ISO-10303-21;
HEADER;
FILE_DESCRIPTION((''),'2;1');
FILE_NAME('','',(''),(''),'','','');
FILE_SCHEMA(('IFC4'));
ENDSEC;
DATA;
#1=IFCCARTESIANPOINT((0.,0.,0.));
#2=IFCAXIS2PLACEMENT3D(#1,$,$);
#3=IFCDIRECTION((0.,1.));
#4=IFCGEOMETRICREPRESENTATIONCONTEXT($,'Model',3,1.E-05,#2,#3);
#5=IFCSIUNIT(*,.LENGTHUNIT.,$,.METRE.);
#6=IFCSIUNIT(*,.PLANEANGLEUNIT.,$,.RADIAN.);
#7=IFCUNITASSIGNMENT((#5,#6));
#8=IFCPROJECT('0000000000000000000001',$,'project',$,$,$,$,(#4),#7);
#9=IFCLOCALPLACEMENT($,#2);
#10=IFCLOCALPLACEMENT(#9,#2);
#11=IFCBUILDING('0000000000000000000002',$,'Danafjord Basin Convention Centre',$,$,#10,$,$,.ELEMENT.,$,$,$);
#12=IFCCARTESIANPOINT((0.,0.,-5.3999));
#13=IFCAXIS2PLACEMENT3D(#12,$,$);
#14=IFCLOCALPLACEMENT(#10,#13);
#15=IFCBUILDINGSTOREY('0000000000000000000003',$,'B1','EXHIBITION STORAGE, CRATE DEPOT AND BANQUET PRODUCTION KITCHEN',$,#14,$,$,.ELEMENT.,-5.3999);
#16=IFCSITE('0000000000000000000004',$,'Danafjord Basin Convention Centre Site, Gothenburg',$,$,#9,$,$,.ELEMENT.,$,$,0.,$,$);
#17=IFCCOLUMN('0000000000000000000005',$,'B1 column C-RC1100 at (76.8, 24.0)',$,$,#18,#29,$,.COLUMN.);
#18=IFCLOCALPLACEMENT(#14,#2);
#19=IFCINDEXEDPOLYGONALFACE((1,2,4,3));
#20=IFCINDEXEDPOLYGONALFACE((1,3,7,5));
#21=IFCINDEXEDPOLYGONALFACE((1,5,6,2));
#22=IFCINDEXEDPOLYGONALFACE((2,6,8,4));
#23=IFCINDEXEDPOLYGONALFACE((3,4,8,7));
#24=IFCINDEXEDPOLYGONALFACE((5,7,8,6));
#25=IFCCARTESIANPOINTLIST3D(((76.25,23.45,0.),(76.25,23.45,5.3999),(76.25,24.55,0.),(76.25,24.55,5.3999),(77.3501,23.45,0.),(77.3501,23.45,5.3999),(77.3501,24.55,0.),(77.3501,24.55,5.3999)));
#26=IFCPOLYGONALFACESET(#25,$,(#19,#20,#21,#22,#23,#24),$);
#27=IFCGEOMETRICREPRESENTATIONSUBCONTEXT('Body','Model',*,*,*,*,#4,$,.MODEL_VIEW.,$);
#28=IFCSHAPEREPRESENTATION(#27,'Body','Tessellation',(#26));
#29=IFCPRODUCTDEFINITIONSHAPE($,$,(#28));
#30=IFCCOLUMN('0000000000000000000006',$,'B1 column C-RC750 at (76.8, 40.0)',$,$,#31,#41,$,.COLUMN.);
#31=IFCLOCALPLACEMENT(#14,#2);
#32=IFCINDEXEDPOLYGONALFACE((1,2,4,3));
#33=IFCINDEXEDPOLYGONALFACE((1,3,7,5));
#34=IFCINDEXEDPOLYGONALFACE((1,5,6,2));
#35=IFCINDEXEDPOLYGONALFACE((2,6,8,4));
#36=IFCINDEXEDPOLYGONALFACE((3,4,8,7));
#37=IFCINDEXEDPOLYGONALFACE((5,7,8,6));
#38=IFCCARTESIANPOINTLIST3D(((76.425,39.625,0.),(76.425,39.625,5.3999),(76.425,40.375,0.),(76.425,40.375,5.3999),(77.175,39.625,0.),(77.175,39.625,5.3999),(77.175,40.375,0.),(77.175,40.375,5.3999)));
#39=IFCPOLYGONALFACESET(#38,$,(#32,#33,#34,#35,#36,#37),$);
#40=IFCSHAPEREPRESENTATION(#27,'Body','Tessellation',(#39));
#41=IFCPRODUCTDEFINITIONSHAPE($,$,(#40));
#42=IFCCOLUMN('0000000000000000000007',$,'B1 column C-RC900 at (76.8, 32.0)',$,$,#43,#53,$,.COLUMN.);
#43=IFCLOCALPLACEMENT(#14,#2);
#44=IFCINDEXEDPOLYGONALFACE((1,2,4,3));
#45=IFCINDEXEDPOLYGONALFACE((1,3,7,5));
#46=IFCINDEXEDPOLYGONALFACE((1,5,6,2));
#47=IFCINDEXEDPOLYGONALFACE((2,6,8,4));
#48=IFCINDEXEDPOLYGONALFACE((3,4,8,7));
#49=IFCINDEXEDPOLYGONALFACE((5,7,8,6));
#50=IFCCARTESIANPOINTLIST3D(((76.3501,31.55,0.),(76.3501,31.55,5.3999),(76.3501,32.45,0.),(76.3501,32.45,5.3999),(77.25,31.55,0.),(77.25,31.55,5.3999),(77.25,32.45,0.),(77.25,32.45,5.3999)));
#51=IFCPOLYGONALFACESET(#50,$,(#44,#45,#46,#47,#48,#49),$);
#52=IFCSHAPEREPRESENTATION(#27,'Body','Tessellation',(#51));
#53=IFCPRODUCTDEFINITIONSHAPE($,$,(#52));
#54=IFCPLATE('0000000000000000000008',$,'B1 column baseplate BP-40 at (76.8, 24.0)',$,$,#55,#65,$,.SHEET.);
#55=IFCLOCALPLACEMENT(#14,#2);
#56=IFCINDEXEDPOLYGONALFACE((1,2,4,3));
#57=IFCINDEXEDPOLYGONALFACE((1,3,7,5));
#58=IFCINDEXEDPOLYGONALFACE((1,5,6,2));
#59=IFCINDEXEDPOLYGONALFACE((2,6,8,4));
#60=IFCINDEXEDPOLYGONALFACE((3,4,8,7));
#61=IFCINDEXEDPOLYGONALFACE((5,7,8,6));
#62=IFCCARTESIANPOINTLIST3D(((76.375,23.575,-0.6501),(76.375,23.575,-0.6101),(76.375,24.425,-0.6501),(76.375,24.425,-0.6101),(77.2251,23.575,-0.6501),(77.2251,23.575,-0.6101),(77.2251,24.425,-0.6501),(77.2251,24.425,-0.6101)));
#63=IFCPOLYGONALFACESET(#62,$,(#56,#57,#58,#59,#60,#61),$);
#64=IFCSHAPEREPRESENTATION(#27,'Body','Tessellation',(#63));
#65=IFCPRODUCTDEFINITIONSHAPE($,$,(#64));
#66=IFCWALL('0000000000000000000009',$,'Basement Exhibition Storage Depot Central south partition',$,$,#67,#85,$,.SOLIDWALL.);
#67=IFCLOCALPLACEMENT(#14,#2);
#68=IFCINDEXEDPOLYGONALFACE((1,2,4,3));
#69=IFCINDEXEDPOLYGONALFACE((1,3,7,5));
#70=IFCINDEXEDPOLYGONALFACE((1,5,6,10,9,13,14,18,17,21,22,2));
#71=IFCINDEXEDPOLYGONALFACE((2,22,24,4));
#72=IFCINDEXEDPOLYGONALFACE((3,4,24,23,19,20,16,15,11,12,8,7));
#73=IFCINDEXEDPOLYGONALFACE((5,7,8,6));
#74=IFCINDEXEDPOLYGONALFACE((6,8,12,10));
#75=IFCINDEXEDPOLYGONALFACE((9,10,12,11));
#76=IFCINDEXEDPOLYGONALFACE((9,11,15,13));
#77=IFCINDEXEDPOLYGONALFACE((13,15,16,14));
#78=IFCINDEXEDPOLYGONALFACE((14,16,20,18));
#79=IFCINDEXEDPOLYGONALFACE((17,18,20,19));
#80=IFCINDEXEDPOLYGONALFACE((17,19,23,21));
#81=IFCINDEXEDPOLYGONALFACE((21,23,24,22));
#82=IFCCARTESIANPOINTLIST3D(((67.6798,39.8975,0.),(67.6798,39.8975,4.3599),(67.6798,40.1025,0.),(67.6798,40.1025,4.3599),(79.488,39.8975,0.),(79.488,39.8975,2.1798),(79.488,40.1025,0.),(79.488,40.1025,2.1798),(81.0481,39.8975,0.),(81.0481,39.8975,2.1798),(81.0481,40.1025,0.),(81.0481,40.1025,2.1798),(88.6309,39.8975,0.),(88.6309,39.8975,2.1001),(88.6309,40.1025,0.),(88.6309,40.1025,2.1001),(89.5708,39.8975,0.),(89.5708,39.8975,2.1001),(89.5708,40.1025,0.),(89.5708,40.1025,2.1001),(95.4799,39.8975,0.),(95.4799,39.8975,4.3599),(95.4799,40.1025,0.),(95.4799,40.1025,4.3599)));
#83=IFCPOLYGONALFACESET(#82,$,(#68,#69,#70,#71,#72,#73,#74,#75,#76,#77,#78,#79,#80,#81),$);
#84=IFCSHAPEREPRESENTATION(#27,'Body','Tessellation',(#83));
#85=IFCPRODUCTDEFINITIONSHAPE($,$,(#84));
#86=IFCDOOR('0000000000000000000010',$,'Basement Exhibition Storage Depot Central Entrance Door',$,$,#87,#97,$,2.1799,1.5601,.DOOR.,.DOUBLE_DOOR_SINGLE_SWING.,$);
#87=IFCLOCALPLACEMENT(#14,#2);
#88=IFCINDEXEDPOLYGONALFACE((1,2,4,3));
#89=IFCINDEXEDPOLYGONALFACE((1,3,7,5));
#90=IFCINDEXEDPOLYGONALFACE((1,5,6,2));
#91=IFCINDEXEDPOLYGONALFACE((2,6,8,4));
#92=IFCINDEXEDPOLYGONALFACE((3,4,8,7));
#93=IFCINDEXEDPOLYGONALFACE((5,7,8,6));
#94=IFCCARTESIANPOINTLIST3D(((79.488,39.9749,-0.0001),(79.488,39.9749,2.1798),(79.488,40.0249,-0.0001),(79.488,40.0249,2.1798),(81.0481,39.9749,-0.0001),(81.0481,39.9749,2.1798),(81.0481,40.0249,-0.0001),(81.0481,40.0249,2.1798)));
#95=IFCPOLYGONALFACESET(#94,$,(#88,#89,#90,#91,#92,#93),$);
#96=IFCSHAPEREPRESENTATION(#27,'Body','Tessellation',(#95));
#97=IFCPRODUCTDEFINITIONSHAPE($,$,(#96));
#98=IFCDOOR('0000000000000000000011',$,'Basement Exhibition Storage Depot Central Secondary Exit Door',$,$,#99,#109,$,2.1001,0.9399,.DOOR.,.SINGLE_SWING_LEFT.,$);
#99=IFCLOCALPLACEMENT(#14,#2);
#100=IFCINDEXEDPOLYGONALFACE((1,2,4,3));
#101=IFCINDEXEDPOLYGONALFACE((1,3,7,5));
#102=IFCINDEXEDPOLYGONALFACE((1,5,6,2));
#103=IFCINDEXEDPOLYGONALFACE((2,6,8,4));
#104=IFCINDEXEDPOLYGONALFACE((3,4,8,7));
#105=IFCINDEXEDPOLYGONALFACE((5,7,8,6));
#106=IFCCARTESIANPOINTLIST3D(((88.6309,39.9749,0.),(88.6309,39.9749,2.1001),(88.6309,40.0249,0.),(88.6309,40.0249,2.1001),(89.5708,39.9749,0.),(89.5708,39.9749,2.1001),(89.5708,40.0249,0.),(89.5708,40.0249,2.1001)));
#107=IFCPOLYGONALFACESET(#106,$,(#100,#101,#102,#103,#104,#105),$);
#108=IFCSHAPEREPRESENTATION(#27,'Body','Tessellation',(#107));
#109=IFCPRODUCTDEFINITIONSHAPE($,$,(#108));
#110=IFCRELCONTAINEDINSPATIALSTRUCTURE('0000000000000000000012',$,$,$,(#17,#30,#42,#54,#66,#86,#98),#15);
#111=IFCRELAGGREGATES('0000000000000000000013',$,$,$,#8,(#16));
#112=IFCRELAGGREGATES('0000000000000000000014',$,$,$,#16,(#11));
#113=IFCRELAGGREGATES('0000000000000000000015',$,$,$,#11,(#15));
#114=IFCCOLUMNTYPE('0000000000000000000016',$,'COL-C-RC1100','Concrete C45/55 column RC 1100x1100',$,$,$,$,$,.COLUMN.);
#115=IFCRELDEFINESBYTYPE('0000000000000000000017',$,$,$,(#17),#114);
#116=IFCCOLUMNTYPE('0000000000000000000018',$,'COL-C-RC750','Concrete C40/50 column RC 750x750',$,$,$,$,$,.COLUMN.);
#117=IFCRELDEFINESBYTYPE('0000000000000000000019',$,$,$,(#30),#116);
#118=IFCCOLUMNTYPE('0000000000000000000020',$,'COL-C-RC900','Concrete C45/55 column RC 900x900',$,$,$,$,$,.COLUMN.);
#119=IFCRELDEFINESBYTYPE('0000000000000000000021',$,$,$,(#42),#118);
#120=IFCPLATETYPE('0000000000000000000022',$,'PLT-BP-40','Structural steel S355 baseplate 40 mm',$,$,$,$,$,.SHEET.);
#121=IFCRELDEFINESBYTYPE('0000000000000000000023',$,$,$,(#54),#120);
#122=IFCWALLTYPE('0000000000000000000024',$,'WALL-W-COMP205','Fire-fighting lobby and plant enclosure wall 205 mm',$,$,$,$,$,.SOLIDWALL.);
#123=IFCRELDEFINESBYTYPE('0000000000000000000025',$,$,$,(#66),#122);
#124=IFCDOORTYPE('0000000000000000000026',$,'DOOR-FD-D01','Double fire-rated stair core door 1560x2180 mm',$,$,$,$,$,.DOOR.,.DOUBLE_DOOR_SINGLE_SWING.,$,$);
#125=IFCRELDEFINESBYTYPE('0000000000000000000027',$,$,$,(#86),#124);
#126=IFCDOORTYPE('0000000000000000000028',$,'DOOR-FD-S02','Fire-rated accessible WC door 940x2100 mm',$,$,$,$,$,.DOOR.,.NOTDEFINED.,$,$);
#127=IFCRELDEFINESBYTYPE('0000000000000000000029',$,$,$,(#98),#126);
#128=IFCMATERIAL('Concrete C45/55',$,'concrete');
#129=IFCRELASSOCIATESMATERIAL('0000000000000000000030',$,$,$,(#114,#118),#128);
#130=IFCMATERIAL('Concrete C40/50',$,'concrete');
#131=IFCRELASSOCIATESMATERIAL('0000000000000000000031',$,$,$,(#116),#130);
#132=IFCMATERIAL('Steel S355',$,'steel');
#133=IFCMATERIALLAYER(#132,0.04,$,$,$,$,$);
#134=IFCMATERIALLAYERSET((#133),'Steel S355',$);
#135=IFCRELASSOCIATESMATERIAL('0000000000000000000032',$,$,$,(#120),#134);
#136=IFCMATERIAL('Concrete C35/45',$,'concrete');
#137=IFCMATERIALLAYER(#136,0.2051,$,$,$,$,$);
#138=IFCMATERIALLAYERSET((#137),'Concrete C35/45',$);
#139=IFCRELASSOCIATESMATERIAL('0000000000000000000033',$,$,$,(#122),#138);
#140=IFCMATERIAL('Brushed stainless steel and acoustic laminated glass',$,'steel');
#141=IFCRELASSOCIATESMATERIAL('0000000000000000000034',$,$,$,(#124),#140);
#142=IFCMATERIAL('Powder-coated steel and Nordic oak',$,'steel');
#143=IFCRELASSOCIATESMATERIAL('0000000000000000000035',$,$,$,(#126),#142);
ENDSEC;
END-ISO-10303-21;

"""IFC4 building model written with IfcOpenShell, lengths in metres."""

from ifc_helpers import new_model, si_unit, direction, frame, frame_2d, origin, origin_2d, place, context, subcontext, project, spatial, rectangle, extrude, material, layer, layer_set, material_profile, profile_set, type_object, element, fill, save


model = new_model("IFC4")

# Units and contexts
model_context = context("Model", 3, precision=1e-05, world=origin(), true_north=direction((0.0, 1.0)))
body_context = subcontext(model_context, "Body", "Model", "MODEL_VIEW")
ifc_project = project(units=[si_unit("LENGTHUNIT", "METRE"), si_unit("PLANEANGLEUNIT", "RADIAN")], contexts=[model_context])

# Site, building, storey
site_placement = place(None, origin())
site = spatial("IfcSite", under=ifc_project, at=site_placement, Name="Danafjord Basin Convention Centre Site, Gothenburg", CompositionType="ELEMENT", RefElevation=0.0)
building_placement = place(site_placement, origin())
building = spatial("IfcBuilding", under=site, at=building_placement, Name="Danafjord Basin Convention Centre", CompositionType="ELEMENT")
storey_placement = place(building_placement, frame((0.0, 0.0, -5.3999)))
storey = spatial("IfcBuildingStorey", under=building, at=storey_placement, Name="B1", Description="EXHIBITION STORAGE, CRATE DEPOT AND BANQUET PRODUCTION KITCHEN", CompositionType="ELEMENT", Elevation=-5.3999)

# Shared definitions
ifc_material_1 = material(Name="Concrete C40/50", Category="concrete")

# Columns
ifc_material_2 = material(Name="Concrete C45/55", Category="concrete")
ifc_material_profile_1 = material_profile(ifc_material_2, rectangle(XDim=1.1001, YDim=1.1001, at=origin_2d()), Name="RC 1100x1100")
ifc_profile_set_1 = profile_set([ifc_material_profile_1], Name="Concrete C45/55")
column_type_1 = type_object("IfcColumnType", Name="COL-C-RC1100", Description="Concrete C45/55 column RC 1100x1100", PredefinedType="COLUMN", material=ifc_profile_set_1)
column_1_placement = place(storey_placement, frame((76.8, 24.0, 0.0), z_axis=(0.0, 0.0, 1.0), x_axis=(1.0, 0.0, 0.0)))
element("IfcColumn", 1, at=column_1_placement, inside=storey, type_object=column_type_1, Name="B1 column C-RC1100 at (76.8, 24.0)", PredefinedType="COLUMN", context=body_context, shape_type="SweptSolid", body=[
    extrude(rectangle(XDim=1.1001, YDim=1.1001, at=origin_2d()), origin(), (0.0, 0.0, 1.0), 5.3999),
])
ifc_material_profile_2 = material_profile(ifc_material_1, rectangle(XDim=0.75, YDim=0.75, at=origin_2d()), Name="RC 750x750")
ifc_profile_set_2 = profile_set([ifc_material_profile_2], Name="Concrete C40/50")
column_type_2 = type_object("IfcColumnType", Name="COL-C-RC750", Description="Concrete C40/50 column RC 750x750", PredefinedType="COLUMN", material=ifc_profile_set_2)
column_2_placement = place(storey_placement, frame((76.8, 40.0, 0.0), z_axis=(0.0, 0.0, 1.0), x_axis=(1.0, 0.0, 0.0)))
element("IfcColumn", 2, at=column_2_placement, inside=storey, type_object=column_type_2, Name="B1 column C-RC750 at (76.8, 40.0)", PredefinedType="COLUMN", context=body_context, shape_type="SweptSolid", body=[
    extrude(rectangle(XDim=0.75, YDim=0.75, at=origin_2d()), origin(), (0.0, 0.0, 1.0), 5.3999),
])
ifc_material_profile_3 = material_profile(ifc_material_2, rectangle(XDim=0.8999, YDim=0.8999, at=origin_2d()), Name="RC 900x900")
ifc_profile_set_3 = profile_set([ifc_material_profile_3], Name="Concrete C45/55")
column_type_3 = type_object("IfcColumnType", Name="COL-C-RC900", Description="Concrete C45/55 column RC 900x900", PredefinedType="COLUMN", material=ifc_profile_set_3)
column_3_placement = place(storey_placement, frame((76.8, 32.0, 0.0), z_axis=(0.0, 0.0, 1.0), x_axis=(1.0, 0.0, 0.0)))
element("IfcColumn", 3, at=column_3_placement, inside=storey, type_object=column_type_3, Name="B1 column C-RC900 at (76.8, 32.0)", PredefinedType="COLUMN", context=body_context, shape_type="SweptSolid", body=[
    extrude(rectangle(XDim=0.8999, YDim=0.8999, at=origin_2d()), origin(), (0.0, 0.0, 1.0), 5.3999),
])

# Plate
ifc_material_3 = material(Name="Steel S355", Category="steel")
ifc_layer_1 = layer(ifc_material_3, 0.04)
ifc_layer_set_1 = layer_set([ifc_layer_1], Name="Steel S355")
plate_type = type_object("IfcPlateType", Name="PLT-BP-40", Description="Structural steel S355 baseplate 40 mm", PredefinedType="SHEET", material=ifc_layer_set_1)
plate_placement = place(storey_placement, frame((76.8, 24.0, -0.6501), z_axis=(0.0, 0.0, 1.0), x_axis=(1.0, 0.0, 0.0)))
element("IfcPlate", 4, at=plate_placement, inside=storey, type_object=plate_type, Name="B1 column baseplate BP-40 at (76.8, 24.0)", PredefinedType="SHEET", context=body_context, shape_type="SweptSolid", body=[
    extrude(rectangle(XDim=0.8501, YDim=0.8501, at=origin_2d()), origin(), (0.0, 0.0, 1.0), 0.04),
])

# Wall, openings, doors
ifc_material_4 = material(Name="Concrete C35/45", Category="concrete")
ifc_layer_2 = layer(ifc_material_4, 0.2051)
ifc_layer_set_2 = layer_set([ifc_layer_2], Name="Concrete C35/45")
wall_type = type_object("IfcWallType", Name="WALL-W-COMP205", Description="Fire-fighting lobby and plant enclosure wall 205 mm", PredefinedType="SOLIDWALL", material=ifc_layer_set_2)
wall_placement = place(storey_placement, frame((67.6799, 40.0, 0.0), z_axis=(0.0, 0.0, 1.0), x_axis=(1.0, 0.0, 0.0)))
wall = element("IfcWall", 5, at=wall_placement, inside=storey, type_object=wall_type, Name="Basement Exhibition Storage Depot Central south partition", PredefinedType="SOLIDWALL", context=body_context, shape_type="SweptSolid", body=[
    extrude(rectangle(XDim=27.8, YDim=0.2051, at=frame_2d((13.8999, 0.0))), origin(), (0.0, 0.0, 1.0), 4.3599),
])
opening_1_placement = place(wall_placement, frame((11.8081, 0.0, 0.0)))
opening_1 = element("IfcOpeningElement", 6, at=opening_1_placement, cuts=wall, PredefinedType="OPENING", context=body_context, shape_type="SweptSolid", body=[
    extrude(rectangle(XDim=1.5601, YDim=2.1799, at=frame_2d((0.78, 1.0898))), frame((0.0, 0.1125, 0.0), z_axis=(0.0, -1.0, 0.0), x_axis=(1.0, 0.0, 0.0)), (0.0, 0.0, 1.0), 0.2251),
])
opening_2_placement = place(wall_placement, frame((20.9509, 0.0, 0.0)))
opening_2 = element("IfcOpeningElement", 7, at=opening_2_placement, cuts=wall, PredefinedType="OPENING", context=body_context, shape_type="SweptSolid", body=[
    extrude(rectangle(XDim=0.9399, YDim=2.1001, at=frame_2d((0.47, 1.05))), frame((0.0, 0.1125, 0.0), z_axis=(0.0, -1.0, 0.0), x_axis=(1.0, 0.0, 0.0)), (0.0, 0.0, 1.0), 0.2251),
])
ifc_material_5 = material(Name="Brushed stainless steel and acoustic laminated glass", Category="steel")
door_type_1 = type_object("IfcDoorType", Name="DOOR-FD-D01", Description="Double fire-rated stair core door 1560x2180 mm", OperationType="DOUBLE_DOOR_SINGLE_SWING", PredefinedType="DOOR", material=ifc_material_5)
door_1_placement = place(opening_1_placement, origin())
door_1 = element("IfcDoor", 8, at=door_1_placement, inside=storey, type_object=door_type_1, Name="Basement Exhibition Storage Depot Central Entrance Door", OperationType="DOUBLE_DOOR_SINGLE_SWING", OverallHeight=2.1799, OverallWidth=1.5601, PredefinedType="DOOR", context=body_context, shape_type="SweptSolid", body=[
    extrude(rectangle(XDim=1.5601, YDim=2.1799, at=frame_2d((0.78, 1.0898))), frame((0.0, 0.0249, 0.0), z_axis=(0.0, -1.0, 0.0), x_axis=(1.0, 0.0, 0.0)), (0.0, 0.0, 1.0), 0.05),
])
fill(opening_1, door_1)
ifc_material_6 = material(Name="Powder-coated steel and Nordic oak", Category="steel")
door_type_2 = type_object("IfcDoorType", Name="DOOR-FD-S02", Description="Fire-rated accessible WC door 940x2100 mm", OperationType="NOTDEFINED", PredefinedType="DOOR", material=ifc_material_6)
door_2_placement = place(opening_2_placement, origin())
door_2 = element("IfcDoor", 9, at=door_2_placement, inside=storey, type_object=door_type_2, Name="Basement Exhibition Storage Depot Central Secondary Exit Door", OperationType="SINGLE_SWING_LEFT", OverallHeight=2.1001, OverallWidth=0.9399, PredefinedType="DOOR", context=body_context, shape_type="SweptSolid", body=[
    extrude(rectangle(XDim=0.9399, YDim=2.1001, at=frame_2d((0.47, 1.05))), frame((0.0, 0.0249, 0.0), z_axis=(0.0, -1.0, 0.0), x_axis=(1.0, 0.0, 0.0)), (0.0, 0.0, 1.0), 0.05),
])
fill(opening_2, door_2)

save(model, "model.ifc")
